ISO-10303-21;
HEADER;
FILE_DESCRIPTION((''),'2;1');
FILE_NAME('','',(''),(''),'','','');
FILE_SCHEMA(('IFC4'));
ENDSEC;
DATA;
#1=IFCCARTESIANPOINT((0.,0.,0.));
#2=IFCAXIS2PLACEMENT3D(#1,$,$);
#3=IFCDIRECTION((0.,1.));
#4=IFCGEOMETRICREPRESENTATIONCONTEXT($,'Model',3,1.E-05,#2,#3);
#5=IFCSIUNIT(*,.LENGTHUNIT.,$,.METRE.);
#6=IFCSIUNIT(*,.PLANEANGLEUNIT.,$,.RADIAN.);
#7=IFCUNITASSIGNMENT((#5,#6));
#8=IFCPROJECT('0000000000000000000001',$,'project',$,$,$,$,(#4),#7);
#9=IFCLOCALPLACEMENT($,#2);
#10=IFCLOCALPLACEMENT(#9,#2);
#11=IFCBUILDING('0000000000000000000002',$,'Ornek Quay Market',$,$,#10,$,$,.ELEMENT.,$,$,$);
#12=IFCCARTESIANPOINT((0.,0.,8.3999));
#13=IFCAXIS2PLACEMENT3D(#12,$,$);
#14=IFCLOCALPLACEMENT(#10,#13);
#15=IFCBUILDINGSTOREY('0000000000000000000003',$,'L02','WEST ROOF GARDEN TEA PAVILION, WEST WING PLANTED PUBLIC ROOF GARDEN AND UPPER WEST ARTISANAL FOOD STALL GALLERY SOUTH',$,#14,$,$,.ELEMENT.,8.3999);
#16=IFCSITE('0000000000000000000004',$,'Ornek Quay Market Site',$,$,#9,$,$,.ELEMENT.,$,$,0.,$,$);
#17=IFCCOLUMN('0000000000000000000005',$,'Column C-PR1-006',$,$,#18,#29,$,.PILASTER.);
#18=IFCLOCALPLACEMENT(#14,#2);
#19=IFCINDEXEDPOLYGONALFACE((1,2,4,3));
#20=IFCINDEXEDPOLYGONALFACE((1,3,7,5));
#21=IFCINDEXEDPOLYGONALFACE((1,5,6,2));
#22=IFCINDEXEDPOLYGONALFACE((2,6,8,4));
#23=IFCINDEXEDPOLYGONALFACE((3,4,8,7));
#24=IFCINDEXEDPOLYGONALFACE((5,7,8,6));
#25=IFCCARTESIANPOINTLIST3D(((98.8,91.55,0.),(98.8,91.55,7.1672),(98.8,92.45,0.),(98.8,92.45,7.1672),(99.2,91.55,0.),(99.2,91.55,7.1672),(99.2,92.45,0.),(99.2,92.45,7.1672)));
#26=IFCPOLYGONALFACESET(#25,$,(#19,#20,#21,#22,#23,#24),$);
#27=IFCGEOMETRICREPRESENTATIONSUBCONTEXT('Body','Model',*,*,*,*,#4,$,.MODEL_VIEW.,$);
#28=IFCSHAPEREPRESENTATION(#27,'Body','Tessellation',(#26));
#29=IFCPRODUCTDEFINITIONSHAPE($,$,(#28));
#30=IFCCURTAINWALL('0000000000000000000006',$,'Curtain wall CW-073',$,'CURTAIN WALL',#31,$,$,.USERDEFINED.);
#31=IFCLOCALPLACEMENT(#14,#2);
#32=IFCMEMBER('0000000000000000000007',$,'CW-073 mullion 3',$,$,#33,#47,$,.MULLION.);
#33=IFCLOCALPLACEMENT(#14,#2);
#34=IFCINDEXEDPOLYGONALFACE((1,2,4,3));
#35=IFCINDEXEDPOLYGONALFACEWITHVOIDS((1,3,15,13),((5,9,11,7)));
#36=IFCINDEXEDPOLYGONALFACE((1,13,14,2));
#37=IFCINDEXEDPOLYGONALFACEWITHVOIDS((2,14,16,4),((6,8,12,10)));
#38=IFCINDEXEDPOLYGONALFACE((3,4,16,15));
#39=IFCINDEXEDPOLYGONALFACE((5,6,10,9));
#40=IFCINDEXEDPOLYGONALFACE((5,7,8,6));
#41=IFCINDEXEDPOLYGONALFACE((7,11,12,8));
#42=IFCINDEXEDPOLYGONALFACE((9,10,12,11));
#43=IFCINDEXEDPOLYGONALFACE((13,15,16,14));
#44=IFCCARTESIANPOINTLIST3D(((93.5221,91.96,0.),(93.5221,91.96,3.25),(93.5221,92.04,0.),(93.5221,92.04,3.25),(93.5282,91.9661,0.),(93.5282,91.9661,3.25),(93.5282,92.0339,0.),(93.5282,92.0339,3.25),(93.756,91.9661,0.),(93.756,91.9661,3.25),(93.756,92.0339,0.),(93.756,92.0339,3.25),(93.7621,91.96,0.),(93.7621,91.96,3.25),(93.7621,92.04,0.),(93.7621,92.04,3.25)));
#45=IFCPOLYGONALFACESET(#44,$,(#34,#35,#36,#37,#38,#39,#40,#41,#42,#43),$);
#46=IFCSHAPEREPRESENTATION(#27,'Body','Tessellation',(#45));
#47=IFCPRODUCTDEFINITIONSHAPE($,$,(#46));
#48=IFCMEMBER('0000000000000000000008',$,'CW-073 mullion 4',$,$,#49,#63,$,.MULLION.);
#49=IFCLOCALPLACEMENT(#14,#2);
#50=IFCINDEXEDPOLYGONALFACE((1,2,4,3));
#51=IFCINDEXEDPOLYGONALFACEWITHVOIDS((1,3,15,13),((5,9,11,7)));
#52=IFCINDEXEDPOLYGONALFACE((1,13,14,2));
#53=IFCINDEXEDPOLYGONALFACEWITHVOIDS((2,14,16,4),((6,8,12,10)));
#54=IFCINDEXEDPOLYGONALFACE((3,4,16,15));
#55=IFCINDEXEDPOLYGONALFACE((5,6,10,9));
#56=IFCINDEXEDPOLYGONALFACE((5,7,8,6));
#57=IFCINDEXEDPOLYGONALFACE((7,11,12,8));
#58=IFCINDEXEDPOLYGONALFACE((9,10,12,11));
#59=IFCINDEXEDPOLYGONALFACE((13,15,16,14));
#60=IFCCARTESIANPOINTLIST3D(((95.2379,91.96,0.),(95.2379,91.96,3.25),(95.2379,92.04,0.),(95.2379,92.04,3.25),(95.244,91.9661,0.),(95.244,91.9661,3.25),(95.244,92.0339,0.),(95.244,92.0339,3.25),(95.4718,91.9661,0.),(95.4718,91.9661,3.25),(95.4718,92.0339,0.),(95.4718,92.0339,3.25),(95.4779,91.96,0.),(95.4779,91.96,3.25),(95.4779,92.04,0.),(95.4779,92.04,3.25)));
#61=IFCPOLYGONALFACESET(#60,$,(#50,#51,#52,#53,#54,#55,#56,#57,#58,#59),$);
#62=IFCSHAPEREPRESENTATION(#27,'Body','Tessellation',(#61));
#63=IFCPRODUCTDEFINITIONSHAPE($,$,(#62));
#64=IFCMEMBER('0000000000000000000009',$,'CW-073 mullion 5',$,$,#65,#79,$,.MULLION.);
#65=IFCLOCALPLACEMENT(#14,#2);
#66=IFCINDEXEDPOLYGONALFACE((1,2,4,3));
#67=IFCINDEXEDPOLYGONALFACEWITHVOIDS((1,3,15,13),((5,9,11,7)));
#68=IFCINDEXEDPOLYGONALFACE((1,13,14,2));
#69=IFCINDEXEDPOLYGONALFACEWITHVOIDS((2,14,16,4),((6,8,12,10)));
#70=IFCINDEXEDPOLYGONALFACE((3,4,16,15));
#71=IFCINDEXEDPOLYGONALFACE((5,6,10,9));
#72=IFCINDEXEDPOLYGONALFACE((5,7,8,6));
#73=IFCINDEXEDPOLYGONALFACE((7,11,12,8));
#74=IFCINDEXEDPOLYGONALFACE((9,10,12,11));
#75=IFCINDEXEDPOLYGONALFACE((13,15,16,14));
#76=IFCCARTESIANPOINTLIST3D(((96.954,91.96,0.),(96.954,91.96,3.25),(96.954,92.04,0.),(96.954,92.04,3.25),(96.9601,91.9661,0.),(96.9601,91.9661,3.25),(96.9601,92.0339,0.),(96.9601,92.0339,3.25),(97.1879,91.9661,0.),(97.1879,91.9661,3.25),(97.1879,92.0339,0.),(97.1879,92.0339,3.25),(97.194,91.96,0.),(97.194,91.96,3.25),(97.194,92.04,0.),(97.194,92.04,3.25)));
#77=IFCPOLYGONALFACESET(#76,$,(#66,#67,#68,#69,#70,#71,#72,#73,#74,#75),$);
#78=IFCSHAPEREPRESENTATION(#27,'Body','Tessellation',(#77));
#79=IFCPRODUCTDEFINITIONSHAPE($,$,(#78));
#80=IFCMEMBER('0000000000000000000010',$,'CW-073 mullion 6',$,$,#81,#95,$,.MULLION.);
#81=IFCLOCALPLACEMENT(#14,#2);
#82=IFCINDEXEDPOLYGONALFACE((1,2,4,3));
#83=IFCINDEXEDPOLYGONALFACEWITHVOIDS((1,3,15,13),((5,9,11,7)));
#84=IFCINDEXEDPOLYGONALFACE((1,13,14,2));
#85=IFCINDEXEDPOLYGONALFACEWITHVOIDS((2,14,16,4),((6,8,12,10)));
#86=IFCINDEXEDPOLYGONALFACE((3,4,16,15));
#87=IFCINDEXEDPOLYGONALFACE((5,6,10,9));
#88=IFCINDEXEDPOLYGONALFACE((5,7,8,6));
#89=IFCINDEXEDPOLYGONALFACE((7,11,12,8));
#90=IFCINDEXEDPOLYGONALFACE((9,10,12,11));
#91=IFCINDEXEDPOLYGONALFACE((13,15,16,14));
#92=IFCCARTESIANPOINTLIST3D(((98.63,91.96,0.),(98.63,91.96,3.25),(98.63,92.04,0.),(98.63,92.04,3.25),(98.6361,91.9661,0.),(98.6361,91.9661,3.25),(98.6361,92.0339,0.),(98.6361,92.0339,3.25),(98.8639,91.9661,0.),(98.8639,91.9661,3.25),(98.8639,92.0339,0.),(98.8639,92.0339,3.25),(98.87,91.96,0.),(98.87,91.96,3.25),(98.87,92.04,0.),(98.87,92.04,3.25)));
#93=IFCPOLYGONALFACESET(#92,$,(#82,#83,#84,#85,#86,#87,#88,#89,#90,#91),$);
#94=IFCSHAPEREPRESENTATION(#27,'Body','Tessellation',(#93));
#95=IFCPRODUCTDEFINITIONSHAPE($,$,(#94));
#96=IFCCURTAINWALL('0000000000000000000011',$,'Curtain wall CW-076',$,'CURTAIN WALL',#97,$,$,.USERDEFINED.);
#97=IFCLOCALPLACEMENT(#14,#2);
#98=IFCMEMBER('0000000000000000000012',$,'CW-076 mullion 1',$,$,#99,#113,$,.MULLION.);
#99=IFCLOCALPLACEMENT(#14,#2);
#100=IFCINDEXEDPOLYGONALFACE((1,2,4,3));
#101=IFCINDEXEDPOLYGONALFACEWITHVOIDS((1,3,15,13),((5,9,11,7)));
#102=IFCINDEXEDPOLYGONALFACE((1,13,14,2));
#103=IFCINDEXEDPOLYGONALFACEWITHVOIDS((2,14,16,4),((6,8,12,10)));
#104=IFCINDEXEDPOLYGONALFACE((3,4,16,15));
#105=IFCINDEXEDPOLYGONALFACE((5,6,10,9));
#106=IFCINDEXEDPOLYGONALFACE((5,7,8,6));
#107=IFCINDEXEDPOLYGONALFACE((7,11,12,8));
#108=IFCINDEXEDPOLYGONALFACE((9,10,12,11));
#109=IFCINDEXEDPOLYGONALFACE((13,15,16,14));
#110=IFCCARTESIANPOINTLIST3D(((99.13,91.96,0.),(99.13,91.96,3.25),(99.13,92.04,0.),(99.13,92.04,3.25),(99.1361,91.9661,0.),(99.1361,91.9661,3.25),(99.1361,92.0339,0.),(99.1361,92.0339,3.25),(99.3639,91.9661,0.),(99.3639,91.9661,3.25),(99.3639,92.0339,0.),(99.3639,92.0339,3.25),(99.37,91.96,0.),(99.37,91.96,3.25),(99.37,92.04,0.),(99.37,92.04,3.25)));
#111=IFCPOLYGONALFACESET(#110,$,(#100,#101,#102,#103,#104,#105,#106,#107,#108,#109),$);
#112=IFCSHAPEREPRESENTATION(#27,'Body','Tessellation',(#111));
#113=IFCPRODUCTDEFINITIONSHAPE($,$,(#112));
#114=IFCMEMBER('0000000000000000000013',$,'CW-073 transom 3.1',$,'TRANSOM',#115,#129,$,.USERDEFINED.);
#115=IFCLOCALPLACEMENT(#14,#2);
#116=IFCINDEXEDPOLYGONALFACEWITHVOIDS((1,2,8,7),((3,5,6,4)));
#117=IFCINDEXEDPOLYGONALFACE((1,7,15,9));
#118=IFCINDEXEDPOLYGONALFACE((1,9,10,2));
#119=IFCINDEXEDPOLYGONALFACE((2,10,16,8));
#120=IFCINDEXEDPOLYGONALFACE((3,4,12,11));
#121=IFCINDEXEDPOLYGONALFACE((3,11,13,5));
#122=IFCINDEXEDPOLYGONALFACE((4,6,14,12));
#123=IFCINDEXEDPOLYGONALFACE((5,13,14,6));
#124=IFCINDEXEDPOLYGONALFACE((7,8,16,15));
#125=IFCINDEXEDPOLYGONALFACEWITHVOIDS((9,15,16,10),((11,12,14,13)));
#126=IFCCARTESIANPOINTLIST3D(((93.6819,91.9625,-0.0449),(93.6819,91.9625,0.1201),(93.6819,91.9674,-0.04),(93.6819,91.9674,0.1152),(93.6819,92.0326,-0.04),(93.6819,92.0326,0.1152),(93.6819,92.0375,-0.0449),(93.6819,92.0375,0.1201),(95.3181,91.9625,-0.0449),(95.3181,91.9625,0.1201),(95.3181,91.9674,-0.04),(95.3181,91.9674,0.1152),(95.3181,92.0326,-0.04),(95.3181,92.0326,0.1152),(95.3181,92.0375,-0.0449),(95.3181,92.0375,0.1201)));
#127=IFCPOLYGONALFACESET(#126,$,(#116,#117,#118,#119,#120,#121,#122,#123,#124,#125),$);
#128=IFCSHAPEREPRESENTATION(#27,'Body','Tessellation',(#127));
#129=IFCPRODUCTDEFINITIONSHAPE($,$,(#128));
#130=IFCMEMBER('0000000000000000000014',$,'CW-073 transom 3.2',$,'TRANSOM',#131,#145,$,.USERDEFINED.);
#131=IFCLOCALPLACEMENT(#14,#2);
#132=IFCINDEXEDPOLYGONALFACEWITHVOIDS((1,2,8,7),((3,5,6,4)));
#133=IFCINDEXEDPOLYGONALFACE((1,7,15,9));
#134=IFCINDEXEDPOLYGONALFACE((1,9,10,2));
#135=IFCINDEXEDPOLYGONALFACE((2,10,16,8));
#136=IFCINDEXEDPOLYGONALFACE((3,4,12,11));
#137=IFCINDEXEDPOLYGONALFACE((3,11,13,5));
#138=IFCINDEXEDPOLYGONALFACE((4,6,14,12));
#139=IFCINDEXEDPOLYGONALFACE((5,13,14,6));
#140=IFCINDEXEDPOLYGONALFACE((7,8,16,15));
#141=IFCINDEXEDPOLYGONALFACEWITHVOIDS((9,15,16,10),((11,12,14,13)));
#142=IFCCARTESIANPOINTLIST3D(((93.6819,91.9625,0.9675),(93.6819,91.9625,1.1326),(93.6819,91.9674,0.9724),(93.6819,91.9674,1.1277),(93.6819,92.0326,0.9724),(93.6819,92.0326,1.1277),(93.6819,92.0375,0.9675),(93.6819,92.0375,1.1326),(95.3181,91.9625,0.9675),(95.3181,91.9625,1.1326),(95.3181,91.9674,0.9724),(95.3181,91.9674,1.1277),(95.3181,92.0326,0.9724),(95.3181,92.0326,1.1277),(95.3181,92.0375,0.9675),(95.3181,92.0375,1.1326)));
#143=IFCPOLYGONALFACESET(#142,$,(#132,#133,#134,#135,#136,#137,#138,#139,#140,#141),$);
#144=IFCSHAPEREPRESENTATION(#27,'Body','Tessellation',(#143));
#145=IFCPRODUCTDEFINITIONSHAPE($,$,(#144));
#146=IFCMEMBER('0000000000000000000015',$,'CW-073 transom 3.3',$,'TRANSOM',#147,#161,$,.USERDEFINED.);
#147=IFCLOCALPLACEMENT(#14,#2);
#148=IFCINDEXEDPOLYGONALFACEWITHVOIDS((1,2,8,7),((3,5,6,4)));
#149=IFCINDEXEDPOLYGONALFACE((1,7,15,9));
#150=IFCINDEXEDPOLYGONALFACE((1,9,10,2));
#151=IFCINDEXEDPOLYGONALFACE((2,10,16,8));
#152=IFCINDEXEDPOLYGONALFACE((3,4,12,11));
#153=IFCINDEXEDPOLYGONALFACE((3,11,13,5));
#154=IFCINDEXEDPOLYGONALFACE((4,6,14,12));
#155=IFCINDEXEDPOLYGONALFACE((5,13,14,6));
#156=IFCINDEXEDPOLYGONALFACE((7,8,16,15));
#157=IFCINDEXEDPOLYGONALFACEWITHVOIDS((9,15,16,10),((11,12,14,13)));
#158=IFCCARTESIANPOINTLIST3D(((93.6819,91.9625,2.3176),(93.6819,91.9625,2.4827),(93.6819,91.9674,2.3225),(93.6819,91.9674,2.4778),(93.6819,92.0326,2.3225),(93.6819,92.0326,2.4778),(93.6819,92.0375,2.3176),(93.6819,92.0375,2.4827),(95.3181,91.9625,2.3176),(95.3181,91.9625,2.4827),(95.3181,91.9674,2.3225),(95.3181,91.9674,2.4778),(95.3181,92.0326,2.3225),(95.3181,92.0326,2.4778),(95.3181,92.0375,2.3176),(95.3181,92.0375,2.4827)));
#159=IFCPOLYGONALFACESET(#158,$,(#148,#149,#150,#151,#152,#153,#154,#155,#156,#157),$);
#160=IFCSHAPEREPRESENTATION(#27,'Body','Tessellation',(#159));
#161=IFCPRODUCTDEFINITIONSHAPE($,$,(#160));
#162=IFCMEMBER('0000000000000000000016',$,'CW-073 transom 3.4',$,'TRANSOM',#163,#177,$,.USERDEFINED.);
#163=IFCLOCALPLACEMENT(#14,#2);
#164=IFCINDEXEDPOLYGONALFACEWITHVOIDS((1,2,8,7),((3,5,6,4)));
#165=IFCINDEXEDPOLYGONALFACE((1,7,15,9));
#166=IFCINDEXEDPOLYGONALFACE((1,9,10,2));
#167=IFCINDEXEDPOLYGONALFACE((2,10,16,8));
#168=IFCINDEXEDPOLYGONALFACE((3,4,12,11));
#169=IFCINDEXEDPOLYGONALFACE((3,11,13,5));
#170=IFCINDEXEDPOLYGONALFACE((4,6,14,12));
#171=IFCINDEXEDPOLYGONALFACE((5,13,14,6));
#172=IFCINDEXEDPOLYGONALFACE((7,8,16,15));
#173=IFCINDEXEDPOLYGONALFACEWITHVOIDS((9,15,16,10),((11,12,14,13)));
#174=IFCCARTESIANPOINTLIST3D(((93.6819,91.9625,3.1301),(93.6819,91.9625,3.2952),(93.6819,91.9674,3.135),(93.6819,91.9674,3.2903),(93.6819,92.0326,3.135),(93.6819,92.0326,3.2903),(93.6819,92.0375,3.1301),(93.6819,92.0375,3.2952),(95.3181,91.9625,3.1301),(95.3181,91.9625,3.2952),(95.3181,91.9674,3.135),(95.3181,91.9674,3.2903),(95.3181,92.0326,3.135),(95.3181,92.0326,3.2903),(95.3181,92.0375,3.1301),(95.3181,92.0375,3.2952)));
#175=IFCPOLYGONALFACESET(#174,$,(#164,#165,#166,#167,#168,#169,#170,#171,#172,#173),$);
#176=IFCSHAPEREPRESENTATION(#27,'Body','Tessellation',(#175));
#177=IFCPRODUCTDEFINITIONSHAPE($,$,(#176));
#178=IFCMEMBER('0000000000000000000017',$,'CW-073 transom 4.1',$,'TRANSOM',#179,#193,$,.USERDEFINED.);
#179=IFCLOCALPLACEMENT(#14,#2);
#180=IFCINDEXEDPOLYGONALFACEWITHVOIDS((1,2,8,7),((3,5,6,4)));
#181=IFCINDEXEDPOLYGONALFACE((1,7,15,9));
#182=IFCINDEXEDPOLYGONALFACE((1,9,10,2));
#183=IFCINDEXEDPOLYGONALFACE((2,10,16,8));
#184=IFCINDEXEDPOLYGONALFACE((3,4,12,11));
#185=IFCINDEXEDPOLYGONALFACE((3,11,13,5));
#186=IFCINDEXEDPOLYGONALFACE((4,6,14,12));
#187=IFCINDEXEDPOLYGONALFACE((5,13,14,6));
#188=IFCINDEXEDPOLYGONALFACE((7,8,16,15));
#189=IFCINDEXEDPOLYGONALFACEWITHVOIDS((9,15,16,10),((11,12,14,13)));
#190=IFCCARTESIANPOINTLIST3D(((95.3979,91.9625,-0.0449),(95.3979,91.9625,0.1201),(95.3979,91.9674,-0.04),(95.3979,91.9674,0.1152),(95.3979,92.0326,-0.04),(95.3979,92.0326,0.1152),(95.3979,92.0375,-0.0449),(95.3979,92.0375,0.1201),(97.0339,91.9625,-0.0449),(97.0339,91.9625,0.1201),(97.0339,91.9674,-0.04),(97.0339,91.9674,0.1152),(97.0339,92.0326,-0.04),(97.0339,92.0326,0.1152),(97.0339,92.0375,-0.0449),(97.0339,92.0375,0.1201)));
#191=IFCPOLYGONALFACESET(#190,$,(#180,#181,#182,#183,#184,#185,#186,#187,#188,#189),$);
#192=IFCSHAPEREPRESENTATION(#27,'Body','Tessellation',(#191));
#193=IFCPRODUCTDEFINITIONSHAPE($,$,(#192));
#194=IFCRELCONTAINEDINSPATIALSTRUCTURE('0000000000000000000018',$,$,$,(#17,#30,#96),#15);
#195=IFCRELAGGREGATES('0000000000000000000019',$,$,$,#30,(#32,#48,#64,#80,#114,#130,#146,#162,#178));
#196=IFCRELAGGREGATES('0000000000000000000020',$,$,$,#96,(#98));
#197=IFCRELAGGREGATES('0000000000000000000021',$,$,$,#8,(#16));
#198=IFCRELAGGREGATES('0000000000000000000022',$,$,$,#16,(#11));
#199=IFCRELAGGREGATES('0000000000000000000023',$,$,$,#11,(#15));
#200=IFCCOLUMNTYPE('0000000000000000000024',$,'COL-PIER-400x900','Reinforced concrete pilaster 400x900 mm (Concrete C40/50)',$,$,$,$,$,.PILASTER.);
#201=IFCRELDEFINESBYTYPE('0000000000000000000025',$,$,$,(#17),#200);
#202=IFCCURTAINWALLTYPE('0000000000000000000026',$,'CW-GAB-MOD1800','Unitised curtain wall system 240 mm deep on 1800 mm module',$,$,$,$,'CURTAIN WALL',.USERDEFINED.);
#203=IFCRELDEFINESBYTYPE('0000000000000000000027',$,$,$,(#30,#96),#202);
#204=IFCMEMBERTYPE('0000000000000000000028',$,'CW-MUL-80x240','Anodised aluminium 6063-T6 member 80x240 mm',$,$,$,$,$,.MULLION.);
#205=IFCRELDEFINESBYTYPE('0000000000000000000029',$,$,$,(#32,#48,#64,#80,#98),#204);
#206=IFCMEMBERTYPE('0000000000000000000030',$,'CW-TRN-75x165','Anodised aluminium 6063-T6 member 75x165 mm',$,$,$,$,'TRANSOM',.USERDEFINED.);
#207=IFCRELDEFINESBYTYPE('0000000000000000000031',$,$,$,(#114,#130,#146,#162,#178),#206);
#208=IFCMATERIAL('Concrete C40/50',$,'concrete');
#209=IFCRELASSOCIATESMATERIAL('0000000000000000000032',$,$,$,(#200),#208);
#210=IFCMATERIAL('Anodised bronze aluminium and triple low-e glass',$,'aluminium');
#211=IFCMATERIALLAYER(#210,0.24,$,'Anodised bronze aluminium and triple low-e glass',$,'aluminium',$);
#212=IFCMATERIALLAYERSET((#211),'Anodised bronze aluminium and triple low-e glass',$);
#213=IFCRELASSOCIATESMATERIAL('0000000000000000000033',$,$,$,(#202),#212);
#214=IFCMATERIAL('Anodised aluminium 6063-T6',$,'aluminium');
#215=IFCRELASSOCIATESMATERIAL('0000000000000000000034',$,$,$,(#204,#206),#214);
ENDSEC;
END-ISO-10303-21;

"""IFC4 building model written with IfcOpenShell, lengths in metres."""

from ifc_helpers import new_model, si_unit, direction, frame, origin, origin_2d, place, context, subcontext, project, spatial, rectangle, hollow_rectangle, extrude, material, layer, layer_set, material_profile, profile_set, type_object, element, aggregate, save


model = new_model("IFC4")

# Units and contexts
model_context = context("Model", 3, precision=1e-05, world=origin(), true_north=direction((0.0, 1.0)))
body_context = subcontext(model_context, "Body", "Model", "MODEL_VIEW")
ifc_project = project(units=[si_unit("LENGTHUNIT", "METRE"), si_unit("PLANEANGLEUNIT", "RADIAN")], contexts=[model_context])

# Site, building, storey
site_placement = place(None, origin())
site = spatial("IfcSite", under=ifc_project, at=site_placement, Name="Ornek Quay Market Site", CompositionType="ELEMENT", RefElevation=0.0)
building_placement = place(site_placement, origin())
building = spatial("IfcBuilding", under=site, at=building_placement, Name="Ornek Quay Market", CompositionType="ELEMENT")
storey_placement = place(building_placement, frame((0.0, 0.0, 8.3999)))
storey = spatial("IfcBuildingStorey", under=building, at=storey_placement, Name="L02", Description="WEST ROOF GARDEN TEA PAVILION, WEST WING PLANTED PUBLIC ROOF GARDEN AND UPPER WEST ARTISANAL FOOD STALL GALLERY SOUTH", CompositionType="ELEMENT", Elevation=8.3999)

# Column
ifc_material_1 = material(Name="Concrete C40/50", Category="concrete")
ifc_material_profile_1 = material_profile(ifc_material_1, rectangle(XDim=0.3999, YDim=0.8999, at=origin_2d()), Name="RC 400x900", Category="concrete")
ifc_profile_set_1 = profile_set([ifc_material_profile_1], Name="Concrete C40/50")
column_type = type_object("IfcColumnType", Name="COL-PIER-400x900", Description="Reinforced concrete pilaster 400x900 mm (Concrete C40/50)", PredefinedType="PILASTER", material=ifc_profile_set_1)
column_placement = place(storey_placement, frame((99.0, 92.0, 0.0), z_axis=(0.0, 0.0, 1.0), x_axis=(1.0, 0.0, 0.0)))
element("IfcColumn", 1, at=column_placement, inside=storey, type_object=column_type, Name="Column C-PR1-006", PredefinedType="PILASTER", context=body_context, shape_type="SweptSolid", body=[
    extrude(rectangle(XDim=0.3999, YDim=0.8999, at=origin_2d()), origin(), (0.0, 0.0, 1.0), 7.1672),
])

# Curtain wall, members
ifc_material_2 = material(Name="Anodised bronze aluminium and triple low-e glass", Category="aluminium")
ifc_layer_1 = layer(ifc_material_2, 0.24, Name="Anodised bronze aluminium and triple low-e glass", Category="aluminium")
ifc_layer_set_1 = layer_set([ifc_layer_1], Name="Anodised bronze aluminium and triple low-e glass")
curtain_wall_type = type_object("IfcCurtainWallType", Name="CW-GAB-MOD1800", Description="Unitised curtain wall system 240 mm deep on 1800 mm module", ElementType="CURTAIN WALL", PredefinedType="USERDEFINED", material=ifc_layer_set_1)
curtain_wall_1_placement = place(storey_placement, origin())
curtain_wall_1 = element("IfcCurtainWall", 2, at=curtain_wall_1_placement, inside=storey, type_object=curtain_wall_type, Name="Curtain wall CW-073", ObjectType="CURTAIN WALL", PredefinedType="USERDEFINED")
ifc_material_3 = material(Name="Anodised aluminium 6063-T6", Category="aluminium")
ifc_material_profile_2 = material_profile(ifc_material_3, hollow_rectangle(XDim=0.0801, YDim=0.24, WallThickness=0.0061, at=origin_2d()), Name="CW-MUL-80x240", Category="aluminium")
ifc_profile_set_2 = profile_set([ifc_material_profile_2], Name="Anodised aluminium 6063-T6")
member_type_1 = type_object("IfcMemberType", Name="CW-MUL-80x240", Description="Anodised aluminium 6063-T6 member 80x240 mm", PredefinedType="MULLION", material=ifc_profile_set_2)
member_1_placement = place(storey_placement, frame((93.6421, 92.0, 0.0), z_axis=(0.0, 0.0, 1.0), x_axis=(0.0, 1.0, 0.0)))
member_1 = element("IfcMember", 3, at=member_1_placement, type_object=member_type_1, Name="CW-073 mullion 3", PredefinedType="MULLION", context=body_context, shape_type="SweptSolid", body=[
    extrude(hollow_rectangle(XDim=0.0801, YDim=0.24, WallThickness=0.0061, at=origin_2d()), origin(), (0.0, 0.0, 1.0), 3.25),
])
member_2_placement = place(storey_placement, frame((95.3579, 92.0, 0.0), z_axis=(0.0, 0.0, 1.0), x_axis=(0.0, 1.0, 0.0)))
member_2 = element("IfcMember", 4, at=member_2_placement, type_object=member_type_1, Name="CW-073 mullion 4", PredefinedType="MULLION", context=body_context, shape_type="SweptSolid", body=[
    extrude(hollow_rectangle(XDim=0.0801, YDim=0.24, WallThickness=0.0061, at=origin_2d()), origin(), (0.0, 0.0, 1.0), 3.25),
])
member_3_placement = place(storey_placement, frame((97.074, 92.0, 0.0), z_axis=(0.0, 0.0, 1.0), x_axis=(0.0, 1.0, 0.0)))
member_3 = element("IfcMember", 5, at=member_3_placement, type_object=member_type_1, Name="CW-073 mullion 5", PredefinedType="MULLION", context=body_context, shape_type="SweptSolid", body=[
    extrude(hollow_rectangle(XDim=0.0801, YDim=0.24, WallThickness=0.0061, at=origin_2d()), origin(), (0.0, 0.0, 1.0), 3.25),
])
member_4_placement = place(storey_placement, frame((98.75, 92.0, 0.0), z_axis=(0.0, 0.0, 1.0), x_axis=(0.0, 1.0, 0.0)))
member_4 = element("IfcMember", 6, at=member_4_placement, type_object=member_type_1, Name="CW-073 mullion 6", PredefinedType="MULLION", context=body_context, shape_type="SweptSolid", body=[
    extrude(hollow_rectangle(XDim=0.0801, YDim=0.24, WallThickness=0.0061, at=origin_2d()), origin(), (0.0, 0.0, 1.0), 3.25),
])

# Curtain wall, member
curtain_wall_2_placement = place(storey_placement, origin())
curtain_wall_2 = element("IfcCurtainWall", 7, at=curtain_wall_2_placement, inside=storey, type_object=curtain_wall_type, Name="Curtain wall CW-076", ObjectType="CURTAIN WALL", PredefinedType="USERDEFINED")
member_5_placement = place(storey_placement, frame((99.25, 92.0, 0.0), z_axis=(0.0, 0.0, 1.0), x_axis=(0.0, 1.0, 0.0)))
member_5 = element("IfcMember", 8, at=member_5_placement, type_object=member_type_1, Name="CW-076 mullion 1", PredefinedType="MULLION", context=body_context, shape_type="SweptSolid", body=[
    extrude(hollow_rectangle(XDim=0.0801, YDim=0.24, WallThickness=0.0061, at=origin_2d()), origin(), (0.0, 0.0, 1.0), 3.25),
])

# Members
ifc_material_profile_3 = material_profile(ifc_material_3, hollow_rectangle(XDim=0.075, YDim=0.165, WallThickness=0.0049, at=origin_2d()), Name="CW-TRN-75x165", Category="aluminium")
ifc_profile_set_3 = profile_set([ifc_material_profile_3], Name="Anodised aluminium 6063-T6")
member_type_2 = type_object("IfcMemberType", Name="CW-TRN-75x165", Description="Anodised aluminium 6063-T6 member 75x165 mm", ElementType="TRANSOM", PredefinedType="USERDEFINED", material=ifc_profile_set_3)
member_6_placement = place(storey_placement, frame((93.6819, 92.0, 0.0376), z_axis=(1.0, 0.0, 0.0), x_axis=(0.0, 1.0, 0.0)))
member_6 = element("IfcMember", 9, at=member_6_placement, type_object=member_type_2, Name="CW-073 transom 3.1", ObjectType="TRANSOM", PredefinedType="USERDEFINED", context=body_context, shape_type="SweptSolid", body=[
    extrude(hollow_rectangle(XDim=0.075, YDim=0.165, WallThickness=0.0049, at=origin_2d()), origin(), (0.0, 0.0, 1.0), 1.6362),
])
member_7_placement = place(storey_placement, frame((93.6819, 92.0, 1.05), z_axis=(1.0, 0.0, 0.0), x_axis=(0.0, 1.0, 0.0)))
member_7 = element("IfcMember", 10, at=member_7_placement, type_object=member_type_2, Name="CW-073 transom 3.2", ObjectType="TRANSOM", PredefinedType="USERDEFINED", context=body_context, shape_type="SweptSolid", body=[
    extrude(hollow_rectangle(XDim=0.075, YDim=0.165, WallThickness=0.0049, at=origin_2d()), origin(), (0.0, 0.0, 1.0), 1.6362),
])
member_8_placement = place(storey_placement, frame((93.6819, 92.0, 2.4001), z_axis=(1.0, 0.0, 0.0), x_axis=(0.0, 1.0, 0.0)))
member_8 = element("IfcMember", 11, at=member_8_placement, type_object=member_type_2, Name="CW-073 transom 3.3", ObjectType="TRANSOM", PredefinedType="USERDEFINED", context=body_context, shape_type="SweptSolid", body=[
    extrude(hollow_rectangle(XDim=0.075, YDim=0.165, WallThickness=0.0049, at=origin_2d()), origin(), (0.0, 0.0, 1.0), 1.6362),
])
member_9_placement = place(storey_placement, frame((93.6819, 92.0, 3.2126), z_axis=(1.0, 0.0, 0.0), x_axis=(0.0, 1.0, 0.0)))
member_9 = element("IfcMember", 12, at=member_9_placement, type_object=member_type_2, Name="CW-073 transom 3.4", ObjectType="TRANSOM", PredefinedType="USERDEFINED", context=body_context, shape_type="SweptSolid", body=[
    extrude(hollow_rectangle(XDim=0.075, YDim=0.165, WallThickness=0.0049, at=origin_2d()), origin(), (0.0, 0.0, 1.0), 1.6362),
])
member_10_placement = place(storey_placement, frame((95.3979, 92.0, 0.0376), z_axis=(1.0, 0.0, 0.0), x_axis=(0.0, 1.0, 0.0)))
member_10 = element("IfcMember", 13, at=member_10_placement, type_object=member_type_2, Name="CW-073 transom 4.1", ObjectType="TRANSOM", PredefinedType="USERDEFINED", context=body_context, shape_type="SweptSolid", body=[
    extrude(hollow_rectangle(XDim=0.075, YDim=0.165, WallThickness=0.0049, at=origin_2d()), origin(), (0.0, 0.0, 1.0), 1.636),
])

aggregate(curtain_wall_1, [member_1, member_2, member_3, member_4, member_6, member_7, member_8, member_9, member_10])
aggregate(curtain_wall_2, [member_5])

save(model, "model.ifc")
